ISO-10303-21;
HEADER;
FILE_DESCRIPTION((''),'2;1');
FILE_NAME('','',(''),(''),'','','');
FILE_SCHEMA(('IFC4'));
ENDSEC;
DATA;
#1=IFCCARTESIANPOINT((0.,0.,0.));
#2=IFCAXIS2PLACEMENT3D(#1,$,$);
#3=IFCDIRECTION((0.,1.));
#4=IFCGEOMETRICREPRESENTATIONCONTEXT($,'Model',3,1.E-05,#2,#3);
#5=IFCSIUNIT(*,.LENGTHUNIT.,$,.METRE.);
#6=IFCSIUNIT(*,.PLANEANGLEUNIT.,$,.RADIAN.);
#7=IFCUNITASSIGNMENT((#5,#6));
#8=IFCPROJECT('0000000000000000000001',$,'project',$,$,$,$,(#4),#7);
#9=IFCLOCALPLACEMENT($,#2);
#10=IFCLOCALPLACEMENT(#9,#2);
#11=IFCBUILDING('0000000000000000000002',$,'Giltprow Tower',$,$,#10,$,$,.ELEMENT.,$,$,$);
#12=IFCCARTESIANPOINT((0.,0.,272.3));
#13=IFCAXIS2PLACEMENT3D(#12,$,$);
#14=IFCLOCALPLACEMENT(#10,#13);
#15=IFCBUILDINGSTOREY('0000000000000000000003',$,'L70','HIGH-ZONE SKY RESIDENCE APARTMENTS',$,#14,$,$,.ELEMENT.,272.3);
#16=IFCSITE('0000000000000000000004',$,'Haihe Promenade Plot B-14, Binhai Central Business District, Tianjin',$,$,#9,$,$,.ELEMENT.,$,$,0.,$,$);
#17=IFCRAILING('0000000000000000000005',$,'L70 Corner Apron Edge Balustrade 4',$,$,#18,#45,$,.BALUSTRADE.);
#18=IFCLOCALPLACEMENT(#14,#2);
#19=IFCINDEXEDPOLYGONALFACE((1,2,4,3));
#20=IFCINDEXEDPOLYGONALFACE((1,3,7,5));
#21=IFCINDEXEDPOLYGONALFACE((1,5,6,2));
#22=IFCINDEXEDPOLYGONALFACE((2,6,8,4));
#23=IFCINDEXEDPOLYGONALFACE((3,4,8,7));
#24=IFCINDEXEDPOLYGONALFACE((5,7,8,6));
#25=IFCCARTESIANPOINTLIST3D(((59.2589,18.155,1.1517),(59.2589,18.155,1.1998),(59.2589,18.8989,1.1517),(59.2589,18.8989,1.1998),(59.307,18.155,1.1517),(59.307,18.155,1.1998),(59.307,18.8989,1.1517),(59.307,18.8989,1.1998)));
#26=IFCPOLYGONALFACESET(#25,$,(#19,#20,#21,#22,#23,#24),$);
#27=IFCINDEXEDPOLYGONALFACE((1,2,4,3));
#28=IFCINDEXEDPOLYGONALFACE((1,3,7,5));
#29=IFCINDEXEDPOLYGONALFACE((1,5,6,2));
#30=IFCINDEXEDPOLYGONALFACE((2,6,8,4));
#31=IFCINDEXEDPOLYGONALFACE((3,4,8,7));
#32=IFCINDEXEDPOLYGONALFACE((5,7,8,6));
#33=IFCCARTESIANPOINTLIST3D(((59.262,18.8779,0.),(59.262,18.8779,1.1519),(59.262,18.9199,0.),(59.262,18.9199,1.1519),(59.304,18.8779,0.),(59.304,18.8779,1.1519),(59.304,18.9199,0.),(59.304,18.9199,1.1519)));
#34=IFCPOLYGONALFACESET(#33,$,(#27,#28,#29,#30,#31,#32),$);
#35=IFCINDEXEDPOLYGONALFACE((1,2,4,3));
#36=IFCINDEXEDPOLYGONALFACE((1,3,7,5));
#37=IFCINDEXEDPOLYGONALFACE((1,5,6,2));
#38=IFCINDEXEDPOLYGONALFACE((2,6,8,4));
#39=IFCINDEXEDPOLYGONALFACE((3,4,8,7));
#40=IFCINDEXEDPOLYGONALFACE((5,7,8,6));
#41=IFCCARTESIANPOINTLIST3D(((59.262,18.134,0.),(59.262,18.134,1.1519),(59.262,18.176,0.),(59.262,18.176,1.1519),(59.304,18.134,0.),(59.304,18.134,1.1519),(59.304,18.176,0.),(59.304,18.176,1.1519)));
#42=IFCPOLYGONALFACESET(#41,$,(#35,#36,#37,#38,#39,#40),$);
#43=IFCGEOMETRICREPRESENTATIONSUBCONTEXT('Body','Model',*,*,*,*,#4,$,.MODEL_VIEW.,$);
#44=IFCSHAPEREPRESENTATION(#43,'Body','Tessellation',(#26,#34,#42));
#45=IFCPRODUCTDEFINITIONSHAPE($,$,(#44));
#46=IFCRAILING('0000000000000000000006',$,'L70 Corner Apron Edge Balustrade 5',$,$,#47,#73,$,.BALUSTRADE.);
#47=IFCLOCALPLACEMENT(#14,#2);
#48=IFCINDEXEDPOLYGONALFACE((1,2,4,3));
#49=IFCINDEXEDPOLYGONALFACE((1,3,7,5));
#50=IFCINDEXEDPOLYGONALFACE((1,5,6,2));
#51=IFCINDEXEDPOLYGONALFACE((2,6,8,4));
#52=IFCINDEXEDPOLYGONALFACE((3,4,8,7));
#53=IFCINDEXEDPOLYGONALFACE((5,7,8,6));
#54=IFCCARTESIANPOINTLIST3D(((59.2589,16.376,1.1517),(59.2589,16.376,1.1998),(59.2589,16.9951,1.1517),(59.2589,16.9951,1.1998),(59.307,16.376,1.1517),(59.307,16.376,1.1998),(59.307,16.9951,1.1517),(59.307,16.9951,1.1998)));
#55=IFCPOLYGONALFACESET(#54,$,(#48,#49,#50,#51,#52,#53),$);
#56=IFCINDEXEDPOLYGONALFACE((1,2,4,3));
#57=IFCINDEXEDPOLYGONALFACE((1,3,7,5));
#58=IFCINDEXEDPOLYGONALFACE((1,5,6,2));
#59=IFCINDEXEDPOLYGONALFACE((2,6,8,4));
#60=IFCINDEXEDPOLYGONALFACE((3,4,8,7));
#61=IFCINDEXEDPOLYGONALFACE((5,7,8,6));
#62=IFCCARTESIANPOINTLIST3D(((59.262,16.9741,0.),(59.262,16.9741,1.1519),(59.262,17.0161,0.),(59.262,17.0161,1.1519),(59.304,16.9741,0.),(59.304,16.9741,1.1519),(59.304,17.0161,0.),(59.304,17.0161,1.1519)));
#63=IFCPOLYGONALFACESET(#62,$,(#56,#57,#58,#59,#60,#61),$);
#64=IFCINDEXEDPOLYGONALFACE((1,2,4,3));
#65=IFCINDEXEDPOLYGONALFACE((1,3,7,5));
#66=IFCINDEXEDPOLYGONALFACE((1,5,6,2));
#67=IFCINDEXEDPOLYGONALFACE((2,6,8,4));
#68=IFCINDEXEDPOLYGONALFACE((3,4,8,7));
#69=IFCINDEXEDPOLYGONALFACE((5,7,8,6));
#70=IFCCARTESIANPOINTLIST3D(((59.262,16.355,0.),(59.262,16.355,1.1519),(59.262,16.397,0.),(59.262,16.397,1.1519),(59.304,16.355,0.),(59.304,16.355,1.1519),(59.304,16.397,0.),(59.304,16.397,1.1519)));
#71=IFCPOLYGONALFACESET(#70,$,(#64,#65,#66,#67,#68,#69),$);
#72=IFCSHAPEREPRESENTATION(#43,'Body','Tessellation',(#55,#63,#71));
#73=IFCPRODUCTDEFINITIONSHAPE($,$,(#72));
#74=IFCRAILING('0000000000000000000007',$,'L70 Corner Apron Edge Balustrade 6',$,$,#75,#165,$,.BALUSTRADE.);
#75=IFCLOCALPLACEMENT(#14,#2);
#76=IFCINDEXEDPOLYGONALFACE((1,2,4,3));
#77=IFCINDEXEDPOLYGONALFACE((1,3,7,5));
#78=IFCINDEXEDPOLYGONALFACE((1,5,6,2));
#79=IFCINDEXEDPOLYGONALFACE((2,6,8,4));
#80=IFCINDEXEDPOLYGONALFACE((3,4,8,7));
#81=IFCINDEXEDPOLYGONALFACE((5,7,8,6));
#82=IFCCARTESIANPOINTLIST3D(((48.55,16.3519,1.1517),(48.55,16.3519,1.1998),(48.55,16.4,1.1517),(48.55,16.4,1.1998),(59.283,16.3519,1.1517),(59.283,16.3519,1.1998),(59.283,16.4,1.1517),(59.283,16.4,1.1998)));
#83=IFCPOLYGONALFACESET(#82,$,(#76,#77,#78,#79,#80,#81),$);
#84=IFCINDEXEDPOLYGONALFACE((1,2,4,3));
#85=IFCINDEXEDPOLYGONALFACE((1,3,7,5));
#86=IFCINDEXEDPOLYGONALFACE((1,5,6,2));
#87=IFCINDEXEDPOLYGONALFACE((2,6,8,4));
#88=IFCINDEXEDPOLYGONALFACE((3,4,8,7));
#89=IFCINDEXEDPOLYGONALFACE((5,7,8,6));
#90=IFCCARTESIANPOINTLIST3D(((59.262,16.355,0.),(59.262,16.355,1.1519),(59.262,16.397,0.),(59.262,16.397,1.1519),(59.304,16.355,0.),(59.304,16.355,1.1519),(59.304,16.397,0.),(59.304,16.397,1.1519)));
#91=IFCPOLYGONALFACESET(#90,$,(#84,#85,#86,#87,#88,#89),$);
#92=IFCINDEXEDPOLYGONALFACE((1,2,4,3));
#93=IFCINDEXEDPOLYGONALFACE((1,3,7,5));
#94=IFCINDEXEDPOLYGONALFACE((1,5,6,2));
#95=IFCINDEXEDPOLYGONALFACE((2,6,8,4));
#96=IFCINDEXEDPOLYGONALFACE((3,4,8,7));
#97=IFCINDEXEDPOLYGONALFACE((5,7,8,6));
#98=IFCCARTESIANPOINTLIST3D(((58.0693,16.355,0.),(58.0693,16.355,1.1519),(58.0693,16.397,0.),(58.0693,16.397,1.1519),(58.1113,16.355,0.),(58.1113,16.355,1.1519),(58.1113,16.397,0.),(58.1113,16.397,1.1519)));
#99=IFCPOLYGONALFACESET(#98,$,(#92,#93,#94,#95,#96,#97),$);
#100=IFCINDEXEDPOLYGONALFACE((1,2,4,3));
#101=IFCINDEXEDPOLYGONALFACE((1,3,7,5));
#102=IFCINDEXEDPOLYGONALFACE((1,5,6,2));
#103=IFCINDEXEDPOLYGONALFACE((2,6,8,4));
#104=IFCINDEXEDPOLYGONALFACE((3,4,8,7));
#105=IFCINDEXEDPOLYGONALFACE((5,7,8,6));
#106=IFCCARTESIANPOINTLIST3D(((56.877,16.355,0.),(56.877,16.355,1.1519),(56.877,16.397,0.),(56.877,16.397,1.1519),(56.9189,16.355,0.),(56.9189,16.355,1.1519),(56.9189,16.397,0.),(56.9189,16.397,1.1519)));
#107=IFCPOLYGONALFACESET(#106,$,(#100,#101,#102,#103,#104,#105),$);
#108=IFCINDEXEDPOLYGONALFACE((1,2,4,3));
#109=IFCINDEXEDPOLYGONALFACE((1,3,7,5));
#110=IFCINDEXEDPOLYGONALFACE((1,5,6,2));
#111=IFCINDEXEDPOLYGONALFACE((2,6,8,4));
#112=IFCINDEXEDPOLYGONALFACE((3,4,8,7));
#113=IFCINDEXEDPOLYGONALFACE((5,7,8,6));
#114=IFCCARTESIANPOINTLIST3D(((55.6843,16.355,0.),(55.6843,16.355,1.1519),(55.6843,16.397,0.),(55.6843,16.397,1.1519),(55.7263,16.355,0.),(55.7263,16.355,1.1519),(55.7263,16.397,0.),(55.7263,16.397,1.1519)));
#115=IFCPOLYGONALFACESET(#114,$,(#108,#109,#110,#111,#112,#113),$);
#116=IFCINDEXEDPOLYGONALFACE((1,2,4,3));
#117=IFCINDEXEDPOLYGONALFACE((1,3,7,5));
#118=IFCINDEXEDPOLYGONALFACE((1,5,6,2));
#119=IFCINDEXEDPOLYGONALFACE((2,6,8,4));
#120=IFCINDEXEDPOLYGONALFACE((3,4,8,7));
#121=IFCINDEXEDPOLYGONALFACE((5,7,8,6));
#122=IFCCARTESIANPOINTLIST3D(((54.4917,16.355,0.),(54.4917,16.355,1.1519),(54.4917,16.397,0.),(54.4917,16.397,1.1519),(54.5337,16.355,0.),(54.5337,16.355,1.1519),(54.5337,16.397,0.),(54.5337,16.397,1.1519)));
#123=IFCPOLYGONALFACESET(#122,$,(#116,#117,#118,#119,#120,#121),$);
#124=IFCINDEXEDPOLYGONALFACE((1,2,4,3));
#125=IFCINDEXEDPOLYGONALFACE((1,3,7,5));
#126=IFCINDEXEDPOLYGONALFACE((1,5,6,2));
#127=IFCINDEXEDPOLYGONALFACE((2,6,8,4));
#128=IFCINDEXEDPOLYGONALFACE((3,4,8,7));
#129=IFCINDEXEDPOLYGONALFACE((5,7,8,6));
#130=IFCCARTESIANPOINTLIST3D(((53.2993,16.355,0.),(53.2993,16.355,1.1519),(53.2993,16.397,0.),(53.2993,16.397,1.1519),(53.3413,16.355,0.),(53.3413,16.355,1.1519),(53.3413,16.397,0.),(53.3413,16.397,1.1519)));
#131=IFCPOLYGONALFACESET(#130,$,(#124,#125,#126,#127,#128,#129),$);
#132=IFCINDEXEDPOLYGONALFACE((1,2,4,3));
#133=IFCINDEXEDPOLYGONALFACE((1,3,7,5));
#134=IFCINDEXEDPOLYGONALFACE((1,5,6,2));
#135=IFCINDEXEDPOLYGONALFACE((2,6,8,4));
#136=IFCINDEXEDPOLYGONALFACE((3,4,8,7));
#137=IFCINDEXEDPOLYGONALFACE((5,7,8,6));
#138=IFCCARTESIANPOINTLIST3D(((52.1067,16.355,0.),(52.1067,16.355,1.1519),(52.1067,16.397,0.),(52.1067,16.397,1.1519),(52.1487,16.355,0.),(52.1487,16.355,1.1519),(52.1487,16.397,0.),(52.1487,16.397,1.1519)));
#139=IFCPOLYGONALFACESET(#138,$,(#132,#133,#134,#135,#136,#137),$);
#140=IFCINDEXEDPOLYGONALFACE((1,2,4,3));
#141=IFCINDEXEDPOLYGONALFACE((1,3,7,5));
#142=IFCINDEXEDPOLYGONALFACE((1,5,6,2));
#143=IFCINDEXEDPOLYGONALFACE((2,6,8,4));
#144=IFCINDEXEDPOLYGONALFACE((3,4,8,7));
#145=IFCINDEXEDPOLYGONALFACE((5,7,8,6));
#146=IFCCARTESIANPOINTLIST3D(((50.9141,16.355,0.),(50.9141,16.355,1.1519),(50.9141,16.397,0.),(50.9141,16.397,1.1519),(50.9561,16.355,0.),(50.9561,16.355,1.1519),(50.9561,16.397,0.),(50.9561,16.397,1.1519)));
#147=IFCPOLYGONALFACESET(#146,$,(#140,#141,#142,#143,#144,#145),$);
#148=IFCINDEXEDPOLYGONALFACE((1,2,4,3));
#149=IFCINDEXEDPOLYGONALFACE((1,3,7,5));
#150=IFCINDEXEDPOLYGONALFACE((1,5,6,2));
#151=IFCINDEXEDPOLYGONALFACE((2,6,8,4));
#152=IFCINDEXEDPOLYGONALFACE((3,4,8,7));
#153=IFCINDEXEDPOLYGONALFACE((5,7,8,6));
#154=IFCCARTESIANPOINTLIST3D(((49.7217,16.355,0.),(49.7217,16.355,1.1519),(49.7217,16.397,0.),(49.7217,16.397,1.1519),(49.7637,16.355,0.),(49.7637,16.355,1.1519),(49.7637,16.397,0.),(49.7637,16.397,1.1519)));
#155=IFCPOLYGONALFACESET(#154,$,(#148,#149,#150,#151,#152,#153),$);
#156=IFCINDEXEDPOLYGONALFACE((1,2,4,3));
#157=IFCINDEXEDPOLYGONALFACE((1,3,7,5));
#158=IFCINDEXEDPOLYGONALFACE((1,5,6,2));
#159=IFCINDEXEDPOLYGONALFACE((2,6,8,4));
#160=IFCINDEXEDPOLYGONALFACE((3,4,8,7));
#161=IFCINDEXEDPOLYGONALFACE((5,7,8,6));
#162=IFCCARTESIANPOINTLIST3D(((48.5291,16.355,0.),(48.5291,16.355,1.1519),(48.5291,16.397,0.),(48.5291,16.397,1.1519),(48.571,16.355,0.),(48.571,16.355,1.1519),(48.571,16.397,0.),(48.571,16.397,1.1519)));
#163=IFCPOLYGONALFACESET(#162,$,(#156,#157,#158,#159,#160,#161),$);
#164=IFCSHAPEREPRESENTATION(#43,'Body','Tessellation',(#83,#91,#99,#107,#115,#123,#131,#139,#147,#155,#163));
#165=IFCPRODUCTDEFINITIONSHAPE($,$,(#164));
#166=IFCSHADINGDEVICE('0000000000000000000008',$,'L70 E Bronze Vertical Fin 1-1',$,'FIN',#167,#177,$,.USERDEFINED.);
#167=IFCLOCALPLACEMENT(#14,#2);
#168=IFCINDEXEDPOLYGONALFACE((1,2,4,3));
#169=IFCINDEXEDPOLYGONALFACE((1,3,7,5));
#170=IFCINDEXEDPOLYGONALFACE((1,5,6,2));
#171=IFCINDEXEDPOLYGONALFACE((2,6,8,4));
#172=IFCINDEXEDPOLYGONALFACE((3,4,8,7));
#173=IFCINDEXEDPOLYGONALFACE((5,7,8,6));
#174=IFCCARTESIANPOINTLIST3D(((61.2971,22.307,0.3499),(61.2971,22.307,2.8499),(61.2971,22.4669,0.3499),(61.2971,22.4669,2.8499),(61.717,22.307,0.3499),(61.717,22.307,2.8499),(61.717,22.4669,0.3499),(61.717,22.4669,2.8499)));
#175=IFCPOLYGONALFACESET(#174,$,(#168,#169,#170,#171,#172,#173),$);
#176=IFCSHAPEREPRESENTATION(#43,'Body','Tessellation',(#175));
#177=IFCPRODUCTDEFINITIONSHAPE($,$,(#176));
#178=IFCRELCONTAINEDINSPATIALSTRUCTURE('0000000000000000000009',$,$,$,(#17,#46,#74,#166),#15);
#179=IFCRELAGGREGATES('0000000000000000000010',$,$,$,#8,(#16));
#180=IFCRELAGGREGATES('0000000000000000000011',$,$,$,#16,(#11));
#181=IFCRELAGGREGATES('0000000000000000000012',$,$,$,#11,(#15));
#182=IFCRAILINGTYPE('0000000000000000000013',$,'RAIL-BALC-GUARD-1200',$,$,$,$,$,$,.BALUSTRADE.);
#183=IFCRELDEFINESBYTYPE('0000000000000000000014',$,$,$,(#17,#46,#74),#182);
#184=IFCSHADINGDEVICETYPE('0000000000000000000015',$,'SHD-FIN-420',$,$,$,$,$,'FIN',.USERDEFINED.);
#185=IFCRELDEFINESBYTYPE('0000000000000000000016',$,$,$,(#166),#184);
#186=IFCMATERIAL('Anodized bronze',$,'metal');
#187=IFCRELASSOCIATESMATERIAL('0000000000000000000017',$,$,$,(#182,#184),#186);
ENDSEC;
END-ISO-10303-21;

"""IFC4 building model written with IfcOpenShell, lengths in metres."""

from ifc_helpers import new_model, si_unit, direction, frame, origin, origin_2d, place, context, subcontext, project, spatial, rectangle, extrude, source, transform, mapped, material, type_object, element, save


model = new_model("IFC4")

# Units and contexts
model_context = context("Model", 3, precision=1e-05, world=origin(), true_north=direction((0.0, 1.0)))
body_context = subcontext(model_context, "Body", "Model", "MODEL_VIEW")
ifc_project = project(units=[si_unit("LENGTHUNIT", "METRE"), si_unit("PLANEANGLEUNIT", "RADIAN")], contexts=[model_context])

# Site, building, storey
site_placement = place(None, origin())
site = spatial("IfcSite", under=ifc_project, at=site_placement, Name="Haihe Promenade Plot B-14, Binhai Central Business District, Tianjin", CompositionType="ELEMENT", RefElevation=0.0)
building_placement = place(site_placement, origin())
building = spatial("IfcBuilding", under=site, at=building_placement, Name="Giltprow Tower", CompositionType="ELEMENT")
storey_placement = place(building_placement, frame((0.0, 0.0, 272.3)))
storey = spatial("IfcBuildingStorey", under=building, at=storey_placement, Name="L70", Description="HIGH-ZONE SKY RESIDENCE APARTMENTS", CompositionType="ELEMENT", Elevation=272.3)

# Shared definitions
ifc_material_1 = material(Name="Anodized bronze", Category="metal")

# Railings
railing_type = type_object("IfcRailingType", Name="RAIL-BALC-GUARD-1200", PredefinedType="BALUSTRADE", material=ifc_material_1)
railing_1_placement = place(storey_placement, frame((59.283, 18.8989, 0.0)))
element("IfcRailing", 1, at=railing_1_placement, inside=storey, type_object=railing_type, Name="L70 Corner Apron Edge Balustrade 4", PredefinedType="BALUSTRADE", context=body_context, shape_type="SweptSolid", body=[
    extrude(rectangle(XDim=0.0481, YDim=0.0481, at=origin_2d()), frame((0.0, 0.0, 1.1758), z_axis=(0.0, -1.0, 0.0), x_axis=(1.0, 0.0, 0.0)), (0.0, 0.0, 1.0), 0.7439),
    extrude(rectangle(XDim=0.042, YDim=0.042, at=origin_2d()), origin(), (0.0, 0.0, 1.0), 1.1519),
    extrude(rectangle(XDim=0.042, YDim=0.042, at=origin_2d()), frame((0.0, -0.7439, 0.0)), (0.0, 0.0, 1.0), 1.1519),
])
railing_2_placement = place(storey_placement, frame((59.283, 16.9951, 0.0)))
element("IfcRailing", 2, at=railing_2_placement, inside=storey, type_object=railing_type, Name="L70 Corner Apron Edge Balustrade 5", PredefinedType="BALUSTRADE", context=body_context, shape_type="SweptSolid", body=[
    extrude(rectangle(XDim=0.0481, YDim=0.0481, at=origin_2d()), frame((0.0, 0.0, 1.1758), z_axis=(0.0, -1.0, 0.0), x_axis=(1.0, 0.0, 0.0)), (0.0, 0.0, 1.0), 0.6191),
    extrude(rectangle(XDim=0.042, YDim=0.042, at=origin_2d()), origin(), (0.0, 0.0, 1.0), 1.1519),
    extrude(rectangle(XDim=0.042, YDim=0.042, at=origin_2d()), frame((0.0, -0.6191, 0.0)), (0.0, 0.0, 1.0), 1.1519),
])
railing_3_placement = place(storey_placement, frame((59.283, 16.376, 0.0)))
element("IfcRailing", 3, at=railing_3_placement, inside=storey, type_object=railing_type, Name="L70 Corner Apron Edge Balustrade 6", PredefinedType="BALUSTRADE", context=body_context, shape_type="SweptSolid", body=[
    extrude(rectangle(XDim=0.0481, YDim=0.0481, at=origin_2d()), frame((0.0, 0.0, 1.1758), z_axis=(-1.0, 0.0, 0.0), x_axis=(0.0, -1.0, 0.0)), (0.0, 0.0, 1.0), 10.7329),
    extrude(rectangle(XDim=0.042, YDim=0.042, at=origin_2d()), origin(), (0.0, 0.0, 1.0), 1.1519),
    extrude(rectangle(XDim=0.042, YDim=0.042, at=origin_2d()), frame((-1.1926, 0.0, 0.0)), (0.0, 0.0, 1.0), 1.1519),
    extrude(rectangle(XDim=0.042, YDim=0.042, at=origin_2d()), frame((-2.385, 0.0, 0.0)), (0.0, 0.0, 1.0), 1.1519),
    extrude(rectangle(XDim=0.042, YDim=0.042, at=origin_2d()), frame((-3.5776, 0.0, 0.0)), (0.0, 0.0, 1.0), 1.1519),
    extrude(rectangle(XDim=0.042, YDim=0.042, at=origin_2d()), frame((-4.7703, 0.0, 0.0)), (0.0, 0.0, 1.0), 1.1519),
    extrude(rectangle(XDim=0.042, YDim=0.042, at=origin_2d()), frame((-5.9626, 0.0, 0.0)), (0.0, 0.0, 1.0), 1.1519),
    extrude(rectangle(XDim=0.042, YDim=0.042, at=origin_2d()), frame((-7.1553, 0.0, 0.0)), (0.0, 0.0, 1.0), 1.1519),
    extrude(rectangle(XDim=0.042, YDim=0.042, at=origin_2d()), frame((-8.3479, 0.0, 0.0)), (0.0, 0.0, 1.0), 1.1519),
    extrude(rectangle(XDim=0.042, YDim=0.042, at=origin_2d()), frame((-9.5403, 0.0, 0.0)), (0.0, 0.0, 1.0), 1.1519),
    extrude(rectangle(XDim=0.042, YDim=0.042, at=origin_2d()), frame((-10.7329, 0.0, 0.0)), (0.0, 0.0, 1.0), 1.1519),
])

# Shading device
shading_device_type = type_object("IfcShadingDeviceType", Name="SHD-FIN-420", ElementType="FIN", PredefinedType="USERDEFINED", material=ifc_material_1)
shared_shape_1 = source(origin(), body_context, "Body", "SweptSolid", [
    extrude(rectangle(XDim=0.4199, YDim=0.1599, at=origin_2d()), origin(), (0.0, 0.0, 1.0), 2.5),
])
shading_device_placement = place(storey_placement, frame((61.5071, 22.387, 0.3499), z_axis=(0.0, 0.0, 1.0), x_axis=(1.0, 0.0, 0.0)))
element("IfcShadingDevice", 4, at=shading_device_placement, inside=storey, type_object=shading_device_type, Name="L70 E Bronze Vertical Fin 1-1", ObjectType="FIN", PredefinedType="USERDEFINED", context=body_context, shape_type="MappedRepresentation", body=[
    mapped(shared_shape_1, transform((0.0, 0.0, 0.0), x_axis=(1.0, 0.0, 0.0), y_axis=(0.0, 1.0, 0.0), z_axis=(0.0, 0.0, 1.0), scale=1.0)),
])

save(model, "model.ifc")
